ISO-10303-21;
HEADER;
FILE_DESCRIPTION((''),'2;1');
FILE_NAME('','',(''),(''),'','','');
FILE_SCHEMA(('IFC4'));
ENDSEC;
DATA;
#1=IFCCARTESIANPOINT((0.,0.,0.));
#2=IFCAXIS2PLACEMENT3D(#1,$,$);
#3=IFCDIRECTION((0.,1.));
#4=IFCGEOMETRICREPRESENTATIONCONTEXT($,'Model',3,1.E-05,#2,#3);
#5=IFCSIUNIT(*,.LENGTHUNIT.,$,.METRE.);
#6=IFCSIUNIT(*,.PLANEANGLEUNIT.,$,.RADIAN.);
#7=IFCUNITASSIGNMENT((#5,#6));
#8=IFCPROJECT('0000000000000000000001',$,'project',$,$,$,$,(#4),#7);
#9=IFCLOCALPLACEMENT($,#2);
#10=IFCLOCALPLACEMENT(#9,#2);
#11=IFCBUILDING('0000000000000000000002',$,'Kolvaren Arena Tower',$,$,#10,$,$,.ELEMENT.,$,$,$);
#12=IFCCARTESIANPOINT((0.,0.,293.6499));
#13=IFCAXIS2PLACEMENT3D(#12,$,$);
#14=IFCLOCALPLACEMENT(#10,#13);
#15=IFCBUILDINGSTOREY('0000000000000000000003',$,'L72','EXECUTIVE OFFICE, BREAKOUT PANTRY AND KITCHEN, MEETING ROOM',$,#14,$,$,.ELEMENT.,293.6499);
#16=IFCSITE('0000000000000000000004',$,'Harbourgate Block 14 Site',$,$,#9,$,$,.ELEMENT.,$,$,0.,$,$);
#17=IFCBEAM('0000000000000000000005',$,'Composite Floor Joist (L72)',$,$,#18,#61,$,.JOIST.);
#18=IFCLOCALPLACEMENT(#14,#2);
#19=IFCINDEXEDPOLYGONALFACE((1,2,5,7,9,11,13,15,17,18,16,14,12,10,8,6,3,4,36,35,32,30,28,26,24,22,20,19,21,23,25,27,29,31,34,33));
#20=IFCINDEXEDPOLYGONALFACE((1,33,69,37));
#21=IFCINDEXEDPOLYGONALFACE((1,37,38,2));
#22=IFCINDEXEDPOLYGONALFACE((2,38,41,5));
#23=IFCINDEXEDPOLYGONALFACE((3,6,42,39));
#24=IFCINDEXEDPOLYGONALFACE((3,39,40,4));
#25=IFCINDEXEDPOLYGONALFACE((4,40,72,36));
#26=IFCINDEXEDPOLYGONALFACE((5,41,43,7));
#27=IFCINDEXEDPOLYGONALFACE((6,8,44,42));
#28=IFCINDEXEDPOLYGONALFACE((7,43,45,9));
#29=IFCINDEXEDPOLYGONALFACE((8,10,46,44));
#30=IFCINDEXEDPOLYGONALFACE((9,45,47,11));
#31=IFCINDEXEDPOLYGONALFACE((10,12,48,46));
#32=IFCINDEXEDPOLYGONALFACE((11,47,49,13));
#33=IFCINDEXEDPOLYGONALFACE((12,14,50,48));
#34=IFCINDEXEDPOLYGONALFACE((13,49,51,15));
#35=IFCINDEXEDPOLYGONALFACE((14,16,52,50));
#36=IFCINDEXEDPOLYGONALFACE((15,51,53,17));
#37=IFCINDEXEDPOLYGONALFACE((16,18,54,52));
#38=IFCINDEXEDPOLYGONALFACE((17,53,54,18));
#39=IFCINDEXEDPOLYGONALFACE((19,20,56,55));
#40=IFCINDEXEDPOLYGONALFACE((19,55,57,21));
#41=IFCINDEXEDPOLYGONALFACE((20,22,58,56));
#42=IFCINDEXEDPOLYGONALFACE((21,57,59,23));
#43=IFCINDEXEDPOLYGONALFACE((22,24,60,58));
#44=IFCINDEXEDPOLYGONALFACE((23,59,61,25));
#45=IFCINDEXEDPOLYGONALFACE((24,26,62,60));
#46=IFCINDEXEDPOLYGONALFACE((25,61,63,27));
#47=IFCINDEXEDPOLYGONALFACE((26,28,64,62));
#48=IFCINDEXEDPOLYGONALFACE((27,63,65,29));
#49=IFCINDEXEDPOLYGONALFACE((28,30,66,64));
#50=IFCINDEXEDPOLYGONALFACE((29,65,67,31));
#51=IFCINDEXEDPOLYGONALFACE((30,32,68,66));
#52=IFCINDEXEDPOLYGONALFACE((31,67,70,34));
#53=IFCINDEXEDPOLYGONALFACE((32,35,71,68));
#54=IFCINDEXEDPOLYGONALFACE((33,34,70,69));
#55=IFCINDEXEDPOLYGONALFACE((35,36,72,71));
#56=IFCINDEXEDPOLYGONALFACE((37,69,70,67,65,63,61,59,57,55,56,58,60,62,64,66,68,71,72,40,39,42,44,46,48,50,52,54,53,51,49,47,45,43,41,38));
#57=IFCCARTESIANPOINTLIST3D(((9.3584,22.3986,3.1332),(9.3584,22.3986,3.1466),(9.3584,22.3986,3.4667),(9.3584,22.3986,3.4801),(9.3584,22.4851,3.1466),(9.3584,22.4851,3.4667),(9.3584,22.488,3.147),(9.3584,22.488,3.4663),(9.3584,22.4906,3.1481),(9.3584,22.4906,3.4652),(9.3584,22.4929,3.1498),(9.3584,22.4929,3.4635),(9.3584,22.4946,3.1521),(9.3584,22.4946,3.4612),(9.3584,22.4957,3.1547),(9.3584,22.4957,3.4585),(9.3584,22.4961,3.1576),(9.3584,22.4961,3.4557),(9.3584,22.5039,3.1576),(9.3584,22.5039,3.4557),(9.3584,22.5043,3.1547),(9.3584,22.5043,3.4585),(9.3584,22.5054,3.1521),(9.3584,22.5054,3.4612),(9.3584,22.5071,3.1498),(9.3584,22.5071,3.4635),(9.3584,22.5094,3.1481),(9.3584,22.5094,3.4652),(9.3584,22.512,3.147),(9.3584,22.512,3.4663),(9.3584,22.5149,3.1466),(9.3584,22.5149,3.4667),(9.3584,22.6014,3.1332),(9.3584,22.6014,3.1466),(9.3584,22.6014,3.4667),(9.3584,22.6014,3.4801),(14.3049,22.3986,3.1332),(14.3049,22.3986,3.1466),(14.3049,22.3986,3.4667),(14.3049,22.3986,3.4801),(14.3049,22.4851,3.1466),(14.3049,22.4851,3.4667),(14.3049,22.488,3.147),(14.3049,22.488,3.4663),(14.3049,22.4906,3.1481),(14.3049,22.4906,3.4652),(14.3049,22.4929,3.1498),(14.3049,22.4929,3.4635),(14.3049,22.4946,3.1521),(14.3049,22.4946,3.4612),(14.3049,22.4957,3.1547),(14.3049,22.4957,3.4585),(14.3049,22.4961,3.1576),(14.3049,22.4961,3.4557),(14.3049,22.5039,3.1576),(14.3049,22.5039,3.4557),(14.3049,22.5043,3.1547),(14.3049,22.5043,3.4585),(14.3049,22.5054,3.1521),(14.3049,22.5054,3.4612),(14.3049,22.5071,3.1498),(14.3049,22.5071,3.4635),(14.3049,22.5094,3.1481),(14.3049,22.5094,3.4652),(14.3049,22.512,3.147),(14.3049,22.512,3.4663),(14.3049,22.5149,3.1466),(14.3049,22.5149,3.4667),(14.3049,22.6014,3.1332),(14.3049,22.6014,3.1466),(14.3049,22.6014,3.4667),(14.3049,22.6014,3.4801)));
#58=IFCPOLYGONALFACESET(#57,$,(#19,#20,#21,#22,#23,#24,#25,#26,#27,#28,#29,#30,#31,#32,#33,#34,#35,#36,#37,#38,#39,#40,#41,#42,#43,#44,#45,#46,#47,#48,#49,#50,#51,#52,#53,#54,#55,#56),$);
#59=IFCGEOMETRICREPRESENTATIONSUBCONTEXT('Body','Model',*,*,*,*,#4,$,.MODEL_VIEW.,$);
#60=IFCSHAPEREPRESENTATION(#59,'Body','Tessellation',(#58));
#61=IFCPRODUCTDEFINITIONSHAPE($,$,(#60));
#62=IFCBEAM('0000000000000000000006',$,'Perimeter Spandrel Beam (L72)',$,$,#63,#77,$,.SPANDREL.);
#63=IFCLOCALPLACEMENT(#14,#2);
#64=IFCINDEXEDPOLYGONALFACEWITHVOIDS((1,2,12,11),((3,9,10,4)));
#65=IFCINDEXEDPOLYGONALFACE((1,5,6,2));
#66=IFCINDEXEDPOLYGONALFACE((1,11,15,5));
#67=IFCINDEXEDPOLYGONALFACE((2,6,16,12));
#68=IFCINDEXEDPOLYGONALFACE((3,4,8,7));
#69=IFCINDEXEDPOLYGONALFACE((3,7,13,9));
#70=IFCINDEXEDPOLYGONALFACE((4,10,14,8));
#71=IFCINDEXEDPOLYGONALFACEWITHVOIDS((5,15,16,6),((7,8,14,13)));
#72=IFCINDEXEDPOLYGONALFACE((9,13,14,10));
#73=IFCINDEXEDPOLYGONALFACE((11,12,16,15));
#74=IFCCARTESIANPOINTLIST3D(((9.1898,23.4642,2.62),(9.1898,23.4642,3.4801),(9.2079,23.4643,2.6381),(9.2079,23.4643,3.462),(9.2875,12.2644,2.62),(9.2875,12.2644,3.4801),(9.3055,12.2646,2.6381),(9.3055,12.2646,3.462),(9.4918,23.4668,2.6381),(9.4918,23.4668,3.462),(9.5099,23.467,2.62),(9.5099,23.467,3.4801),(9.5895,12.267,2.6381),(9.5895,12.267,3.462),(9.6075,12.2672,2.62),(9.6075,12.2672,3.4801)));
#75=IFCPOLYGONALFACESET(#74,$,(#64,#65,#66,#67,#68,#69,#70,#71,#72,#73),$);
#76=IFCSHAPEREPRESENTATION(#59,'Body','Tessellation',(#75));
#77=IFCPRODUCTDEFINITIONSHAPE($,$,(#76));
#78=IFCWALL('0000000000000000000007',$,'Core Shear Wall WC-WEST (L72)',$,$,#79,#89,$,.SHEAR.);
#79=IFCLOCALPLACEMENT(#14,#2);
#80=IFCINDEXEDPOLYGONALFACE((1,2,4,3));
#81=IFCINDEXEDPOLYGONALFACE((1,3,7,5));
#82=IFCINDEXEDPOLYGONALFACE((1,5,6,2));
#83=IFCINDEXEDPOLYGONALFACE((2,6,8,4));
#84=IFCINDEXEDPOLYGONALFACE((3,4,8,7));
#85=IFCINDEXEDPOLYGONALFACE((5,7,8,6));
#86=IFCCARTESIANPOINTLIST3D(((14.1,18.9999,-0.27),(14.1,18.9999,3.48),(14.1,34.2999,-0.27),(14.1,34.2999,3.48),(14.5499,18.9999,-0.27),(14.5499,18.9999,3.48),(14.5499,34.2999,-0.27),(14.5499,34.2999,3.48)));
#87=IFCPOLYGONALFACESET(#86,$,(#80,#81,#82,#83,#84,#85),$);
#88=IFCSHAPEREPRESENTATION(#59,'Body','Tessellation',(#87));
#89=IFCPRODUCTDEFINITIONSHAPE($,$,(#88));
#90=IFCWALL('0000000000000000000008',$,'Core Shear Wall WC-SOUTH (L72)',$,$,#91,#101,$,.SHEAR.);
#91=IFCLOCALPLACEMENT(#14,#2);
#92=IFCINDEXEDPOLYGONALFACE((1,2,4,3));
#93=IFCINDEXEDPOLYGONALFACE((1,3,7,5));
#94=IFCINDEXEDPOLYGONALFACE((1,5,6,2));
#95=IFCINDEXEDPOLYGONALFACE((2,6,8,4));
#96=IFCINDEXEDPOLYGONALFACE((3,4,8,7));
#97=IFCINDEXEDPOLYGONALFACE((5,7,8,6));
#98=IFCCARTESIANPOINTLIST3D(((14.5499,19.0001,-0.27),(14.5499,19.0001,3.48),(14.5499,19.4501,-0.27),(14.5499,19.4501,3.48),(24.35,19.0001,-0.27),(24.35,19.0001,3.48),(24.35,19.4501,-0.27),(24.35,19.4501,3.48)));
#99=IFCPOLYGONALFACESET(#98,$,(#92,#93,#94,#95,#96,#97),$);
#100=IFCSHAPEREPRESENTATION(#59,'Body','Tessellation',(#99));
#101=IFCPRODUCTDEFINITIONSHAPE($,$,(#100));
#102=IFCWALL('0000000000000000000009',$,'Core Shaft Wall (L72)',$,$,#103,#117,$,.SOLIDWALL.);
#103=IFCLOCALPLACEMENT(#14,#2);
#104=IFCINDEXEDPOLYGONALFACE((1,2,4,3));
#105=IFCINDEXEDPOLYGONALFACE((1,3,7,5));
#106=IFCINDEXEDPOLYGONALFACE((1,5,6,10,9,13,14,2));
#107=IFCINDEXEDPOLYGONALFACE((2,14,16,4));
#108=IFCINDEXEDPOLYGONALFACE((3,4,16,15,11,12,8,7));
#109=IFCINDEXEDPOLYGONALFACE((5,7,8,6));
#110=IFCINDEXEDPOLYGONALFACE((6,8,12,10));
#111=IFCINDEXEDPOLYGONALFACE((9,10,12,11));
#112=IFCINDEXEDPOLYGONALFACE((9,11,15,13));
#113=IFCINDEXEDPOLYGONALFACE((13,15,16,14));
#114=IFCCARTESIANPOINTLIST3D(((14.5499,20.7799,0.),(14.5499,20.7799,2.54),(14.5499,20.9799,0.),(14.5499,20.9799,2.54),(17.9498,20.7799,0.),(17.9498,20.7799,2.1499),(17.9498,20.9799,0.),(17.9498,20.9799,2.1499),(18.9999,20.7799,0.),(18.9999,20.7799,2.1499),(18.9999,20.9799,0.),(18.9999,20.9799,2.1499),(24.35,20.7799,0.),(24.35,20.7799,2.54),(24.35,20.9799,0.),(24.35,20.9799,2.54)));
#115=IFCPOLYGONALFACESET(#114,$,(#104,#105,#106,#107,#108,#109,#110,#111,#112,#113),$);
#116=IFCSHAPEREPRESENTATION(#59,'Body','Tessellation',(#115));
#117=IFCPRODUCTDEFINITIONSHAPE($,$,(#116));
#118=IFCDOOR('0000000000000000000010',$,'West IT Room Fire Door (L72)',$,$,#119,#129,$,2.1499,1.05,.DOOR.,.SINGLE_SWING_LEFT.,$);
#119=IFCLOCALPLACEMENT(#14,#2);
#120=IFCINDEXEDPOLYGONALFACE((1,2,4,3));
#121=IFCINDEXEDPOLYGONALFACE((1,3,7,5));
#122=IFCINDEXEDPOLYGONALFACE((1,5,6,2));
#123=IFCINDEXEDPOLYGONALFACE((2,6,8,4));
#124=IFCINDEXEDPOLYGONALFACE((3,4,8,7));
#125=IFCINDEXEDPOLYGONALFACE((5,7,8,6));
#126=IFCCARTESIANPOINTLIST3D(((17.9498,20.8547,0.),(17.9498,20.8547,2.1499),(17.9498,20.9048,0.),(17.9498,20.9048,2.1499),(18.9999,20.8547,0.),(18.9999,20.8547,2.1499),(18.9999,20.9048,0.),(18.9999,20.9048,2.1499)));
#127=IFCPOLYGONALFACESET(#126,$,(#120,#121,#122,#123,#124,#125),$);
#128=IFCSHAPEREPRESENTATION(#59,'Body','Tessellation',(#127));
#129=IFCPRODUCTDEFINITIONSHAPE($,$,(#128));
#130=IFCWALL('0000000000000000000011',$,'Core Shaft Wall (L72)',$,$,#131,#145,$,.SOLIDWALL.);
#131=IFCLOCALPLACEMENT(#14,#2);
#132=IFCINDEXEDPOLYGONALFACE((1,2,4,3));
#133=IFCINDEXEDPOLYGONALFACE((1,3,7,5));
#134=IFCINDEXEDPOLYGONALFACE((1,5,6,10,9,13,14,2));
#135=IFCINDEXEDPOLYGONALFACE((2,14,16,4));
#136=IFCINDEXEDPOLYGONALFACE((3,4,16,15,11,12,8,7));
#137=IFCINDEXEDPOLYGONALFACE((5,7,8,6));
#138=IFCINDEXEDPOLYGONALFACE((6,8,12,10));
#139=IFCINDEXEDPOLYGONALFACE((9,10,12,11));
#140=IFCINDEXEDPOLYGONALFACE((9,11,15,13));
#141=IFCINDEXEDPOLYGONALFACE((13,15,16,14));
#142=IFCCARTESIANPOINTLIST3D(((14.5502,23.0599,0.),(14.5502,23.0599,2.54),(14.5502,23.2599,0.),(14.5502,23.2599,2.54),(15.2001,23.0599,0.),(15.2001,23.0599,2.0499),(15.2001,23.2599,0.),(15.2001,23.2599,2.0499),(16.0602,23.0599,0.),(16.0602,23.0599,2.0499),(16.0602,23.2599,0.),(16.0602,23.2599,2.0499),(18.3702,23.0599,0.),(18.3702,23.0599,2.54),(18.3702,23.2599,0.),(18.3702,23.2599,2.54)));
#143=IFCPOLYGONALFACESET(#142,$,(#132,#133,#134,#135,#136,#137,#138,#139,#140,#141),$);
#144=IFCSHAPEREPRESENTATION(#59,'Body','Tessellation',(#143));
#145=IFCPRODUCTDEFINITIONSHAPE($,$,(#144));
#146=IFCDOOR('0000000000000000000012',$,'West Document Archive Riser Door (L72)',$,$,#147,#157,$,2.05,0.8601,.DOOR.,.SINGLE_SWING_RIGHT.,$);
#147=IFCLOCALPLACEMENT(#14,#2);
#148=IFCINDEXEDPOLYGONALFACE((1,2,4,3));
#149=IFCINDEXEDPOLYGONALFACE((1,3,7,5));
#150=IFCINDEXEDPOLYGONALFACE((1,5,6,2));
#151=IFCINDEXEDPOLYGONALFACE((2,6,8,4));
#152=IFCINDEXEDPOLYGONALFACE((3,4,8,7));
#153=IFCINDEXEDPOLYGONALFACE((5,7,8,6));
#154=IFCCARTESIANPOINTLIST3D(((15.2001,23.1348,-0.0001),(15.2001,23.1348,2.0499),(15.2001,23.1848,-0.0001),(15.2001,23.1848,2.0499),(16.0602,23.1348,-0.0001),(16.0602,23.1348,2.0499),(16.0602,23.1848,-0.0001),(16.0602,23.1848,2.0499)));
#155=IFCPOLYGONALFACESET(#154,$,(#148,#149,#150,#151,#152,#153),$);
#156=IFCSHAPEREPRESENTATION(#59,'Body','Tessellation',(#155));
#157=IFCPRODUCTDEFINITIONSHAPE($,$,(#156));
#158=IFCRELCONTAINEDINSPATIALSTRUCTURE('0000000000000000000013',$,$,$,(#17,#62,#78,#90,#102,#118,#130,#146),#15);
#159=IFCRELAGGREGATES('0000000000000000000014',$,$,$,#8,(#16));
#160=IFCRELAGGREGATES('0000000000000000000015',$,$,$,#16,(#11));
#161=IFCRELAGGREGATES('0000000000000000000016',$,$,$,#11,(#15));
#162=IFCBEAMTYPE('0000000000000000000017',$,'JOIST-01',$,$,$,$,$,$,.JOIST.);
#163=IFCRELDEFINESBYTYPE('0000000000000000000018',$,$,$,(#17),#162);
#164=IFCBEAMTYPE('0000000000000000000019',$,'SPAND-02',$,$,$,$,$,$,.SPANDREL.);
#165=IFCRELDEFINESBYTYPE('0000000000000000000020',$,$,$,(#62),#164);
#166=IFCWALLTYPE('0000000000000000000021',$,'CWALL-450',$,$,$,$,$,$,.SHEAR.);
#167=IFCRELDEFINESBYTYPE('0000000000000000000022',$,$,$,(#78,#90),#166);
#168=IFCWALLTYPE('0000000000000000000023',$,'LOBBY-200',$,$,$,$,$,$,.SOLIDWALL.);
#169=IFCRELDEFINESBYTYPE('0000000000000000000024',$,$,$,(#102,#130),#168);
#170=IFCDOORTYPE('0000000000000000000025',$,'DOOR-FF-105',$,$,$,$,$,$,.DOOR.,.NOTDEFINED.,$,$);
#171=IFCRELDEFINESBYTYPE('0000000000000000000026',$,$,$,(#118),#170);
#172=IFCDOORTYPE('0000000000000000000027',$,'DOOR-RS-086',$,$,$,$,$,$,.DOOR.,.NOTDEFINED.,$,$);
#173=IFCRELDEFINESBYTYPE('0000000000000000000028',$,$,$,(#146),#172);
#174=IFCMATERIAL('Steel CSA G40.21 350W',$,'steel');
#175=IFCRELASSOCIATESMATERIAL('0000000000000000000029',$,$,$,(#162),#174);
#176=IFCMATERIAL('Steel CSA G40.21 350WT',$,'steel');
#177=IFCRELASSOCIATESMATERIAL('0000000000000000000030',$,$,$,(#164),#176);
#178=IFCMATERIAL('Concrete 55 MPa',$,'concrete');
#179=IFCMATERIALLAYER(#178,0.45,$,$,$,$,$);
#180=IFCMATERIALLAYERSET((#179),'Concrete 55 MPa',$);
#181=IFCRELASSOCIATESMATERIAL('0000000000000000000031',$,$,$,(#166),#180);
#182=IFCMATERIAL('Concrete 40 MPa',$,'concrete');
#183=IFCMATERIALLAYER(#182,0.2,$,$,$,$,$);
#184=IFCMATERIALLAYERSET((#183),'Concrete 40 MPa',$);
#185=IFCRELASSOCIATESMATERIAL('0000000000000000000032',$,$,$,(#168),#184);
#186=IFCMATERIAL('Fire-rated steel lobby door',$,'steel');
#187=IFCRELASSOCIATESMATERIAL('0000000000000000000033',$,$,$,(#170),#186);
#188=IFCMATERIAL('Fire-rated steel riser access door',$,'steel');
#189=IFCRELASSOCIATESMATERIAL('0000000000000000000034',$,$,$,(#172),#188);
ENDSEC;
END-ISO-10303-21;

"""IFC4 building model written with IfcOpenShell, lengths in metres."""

from ifc_helpers import new_model, si_unit, direction, frame, frame_2d, origin, origin_2d, place, context, subcontext, project, spatial, rectangle, hollow_rectangle, i_section, extrude, material, layer, layer_set, material_profile, profile_set, type_object, element, fill, save


model = new_model("IFC4")

# Units and contexts
model_context = context("Model", 3, precision=1e-05, world=origin(), true_north=direction((0.0, 1.0)))
body_context = subcontext(model_context, "Body", "Model", "MODEL_VIEW")
ifc_project = project(units=[si_unit("LENGTHUNIT", "METRE"), si_unit("PLANEANGLEUNIT", "RADIAN")], contexts=[model_context])

# Site, building, storey
site_placement = place(None, origin())
site = spatial("IfcSite", under=ifc_project, at=site_placement, Name="Harbourgate Block 14 Site", CompositionType="ELEMENT", RefElevation=0.0)
building_placement = place(site_placement, origin())
building = spatial("IfcBuilding", under=site, at=building_placement, Name="Kolvaren Arena Tower", CompositionType="ELEMENT")
storey_placement = place(building_placement, frame((0.0, 0.0, 293.6499)))
storey = spatial("IfcBuildingStorey", under=building, at=storey_placement, Name="L72", Description="EXECUTIVE OFFICE, BREAKOUT PANTRY AND KITCHEN, MEETING ROOM", CompositionType="ELEMENT", Elevation=293.6499)

# Beams
ifc_material_1 = material(Name="Steel CSA G40.21 350W", Category="steel")
ifc_material_profile_1 = material_profile(ifc_material_1, i_section(OverallWidth=0.2029, OverallDepth=0.3469, WebThickness=0.0078, FlangeThickness=0.0134, FilletRadius=0.011, at=origin_2d()), Name="W360x64")
ifc_profile_set_1 = profile_set([ifc_material_profile_1], Name="Steel CSA G40.21 350W")
beam_type_1 = type_object("IfcBeamType", Name="JOIST-01", PredefinedType="JOIST", material=ifc_profile_set_1)
beam_1_placement = place(storey_placement, frame((9.3584, 22.5, 3.3066), z_axis=(1.0, 0.0, 0.0), x_axis=(0.0, 1.0, 0.0)))
element("IfcBeam", 1, at=beam_1_placement, inside=storey, type_object=beam_type_1, Name="Composite Floor Joist (L72)", PredefinedType="JOIST", context=body_context, shape_type="SweptSolid", body=[
    extrude(i_section(OverallWidth=0.2029, OverallDepth=0.3469, WebThickness=0.0078, FlangeThickness=0.0134, FilletRadius=0.011, at=origin_2d()), origin(), (0.0, 0.0, 1.0), 4.9465),
])
ifc_material_2 = material(Name="Steel CSA G40.21 350WT", Category="steel")
ifc_material_profile_2 = material_profile(ifc_material_2, hollow_rectangle(XDim=0.3201, YDim=0.8601, WallThickness=0.0181, at=origin_2d()), Name="HSS 860x320x18")
ifc_profile_set_2 = profile_set([ifc_material_profile_2], Name="Steel CSA G40.21 350WT")
beam_type_2 = type_object("IfcBeamType", Name="SPAND-02", PredefinedType="SPANDREL", material=ifc_profile_set_2)
beam_2_placement = place(storey_placement, frame((9.3499, 23.4656, 3.05), z_axis=(0.008719, -0.999962, 0.0), x_axis=(0.999962, 0.008719, 0.0)))
element("IfcBeam", 2, at=beam_2_placement, inside=storey, type_object=beam_type_2, Name="Perimeter Spandrel Beam (L72)", PredefinedType="SPANDREL", context=body_context, shape_type="SweptSolid", body=[
    extrude(hollow_rectangle(XDim=0.3201, YDim=0.8601, WallThickness=0.0181, at=origin_2d()), origin(), (0.0, 0.0, 1.0), 11.2002),
])

# Walls
ifc_material_3 = material(Name="Concrete 55 MPa", Category="concrete")
ifc_layer_1 = layer(ifc_material_3, 0.45)
ifc_layer_set_1 = layer_set([ifc_layer_1], Name="Concrete 55 MPa")
wall_type_1 = type_object("IfcWallType", Name="CWALL-450", PredefinedType="SHEAR", material=ifc_layer_set_1)
wall_1_placement = place(storey_placement, frame((14.325, 19.0, -0.27), z_axis=(0.0, 0.0, 1.0), x_axis=(0.0, 1.0, 0.0)))
element("IfcWall", 3, at=wall_1_placement, inside=storey, type_object=wall_type_1, Name="Core Shear Wall WC-WEST (L72)", PredefinedType="SHEAR", context=body_context, shape_type="SweptSolid", body=[
    extrude(rectangle(XDim=15.3, YDim=0.45, at=frame_2d((7.6499, 0.0))), origin(), (0.0, 0.0, 1.0), 3.75),
])
wall_2_placement = place(storey_placement, frame((14.55, 19.2251, -0.27), z_axis=(0.0, 0.0, 1.0), x_axis=(1.0, 0.0, 0.0)))
element("IfcWall", 4, at=wall_2_placement, inside=storey, type_object=wall_type_1, Name="Core Shear Wall WC-SOUTH (L72)", PredefinedType="SHEAR", context=body_context, shape_type="SweptSolid", body=[
    extrude(rectangle(XDim=9.8, YDim=0.45, at=frame_2d((4.8999, 0.0))), origin(), (0.0, 0.0, 1.0), 3.75),
])

# Walls, openings, doors
ifc_material_4 = material(Name="Concrete 40 MPa", Category="concrete")
ifc_layer_2 = layer(ifc_material_4, 0.2)
ifc_layer_set_2 = layer_set([ifc_layer_2], Name="Concrete 40 MPa")
wall_type_2 = type_object("IfcWallType", Name="LOBBY-200", PredefinedType="SOLIDWALL", material=ifc_layer_set_2)
wall_3_placement = place(storey_placement, frame((14.55, 20.8799, 0.0), z_axis=(0.0, 0.0, 1.0), x_axis=(1.0, 0.0, 0.0)))
wall_3 = element("IfcWall", 5, at=wall_3_placement, inside=storey, type_object=wall_type_2, Name="Core Shaft Wall (L72)", PredefinedType="SOLIDWALL", context=body_context, shape_type="SweptSolid", body=[
    extrude(rectangle(XDim=9.8, YDim=0.2, at=frame_2d((4.8999, 0.0))), origin(), (0.0, 0.0, 1.0), 2.54),
])
opening_1_placement = place(wall_3_placement, frame((3.3999, 0.0, 0.0)))
opening_1 = element("IfcOpeningElement", 6, at=opening_1_placement, cuts=wall_3, PredefinedType="OPENING", context=body_context, shape_type="SweptSolid", body=[
    extrude(rectangle(XDim=1.05, YDim=2.1499, at=frame_2d((0.5249, 1.075))), frame((0.0, 0.1099, 0.0), z_axis=(0.0, -1.0, 0.0), x_axis=(1.0, 0.0, 0.0)), (0.0, 0.0, 1.0), 0.22),
])
ifc_material_5 = material(Name="Fire-rated steel lobby door", Category="steel")
door_type_1 = type_object("IfcDoorType", Name="DOOR-FF-105", OperationType="NOTDEFINED", PredefinedType="DOOR", material=ifc_material_5)
door_1_placement = place(opening_1_placement, origin())
door_1 = element("IfcDoor", 7, at=door_1_placement, inside=storey, type_object=door_type_1, Name="West IT Room Fire Door (L72)", OperationType="SINGLE_SWING_LEFT", OverallHeight=2.1499, OverallWidth=1.05, PredefinedType="DOOR", context=body_context, shape_type="SweptSolid", body=[
    extrude(rectangle(XDim=1.05, YDim=2.1499, at=frame_2d((0.5249, 1.075))), frame((0.0, 0.0249, 0.0), z_axis=(0.0, -1.0, 0.0), x_axis=(1.0, 0.0, 0.0)), (0.0, 0.0, 1.0), 0.05),
])
fill(opening_1, door_1)
wall_4_placement = place(storey_placement, frame((14.55, 23.1599, 0.0), z_axis=(0.0, 0.0, 1.0), x_axis=(1.0, 0.0, 0.0)))
wall_4 = element("IfcWall", 8, at=wall_4_placement, inside=storey, type_object=wall_type_2, Name="Core Shaft Wall (L72)", PredefinedType="SOLIDWALL", context=body_context, shape_type="SweptSolid", body=[
    extrude(rectangle(XDim=3.8201, YDim=0.2, at=frame_2d((1.9102, 0.0))), origin(), (0.0, 0.0, 1.0), 2.54),
])
opening_2_placement = place(wall_4_placement, frame((0.6499, 0.0, 0.0)))
opening_2 = element("IfcOpeningElement", 9, at=opening_2_placement, cuts=wall_4, PredefinedType="OPENING", context=body_context, shape_type="SweptSolid", body=[
    extrude(rectangle(XDim=0.8601, YDim=2.05, at=frame_2d((0.4302, 1.0249))), frame((0.0, 0.1099, 0.0), z_axis=(0.0, -1.0, 0.0), x_axis=(1.0, 0.0, 0.0)), (0.0, 0.0, 1.0), 0.22),
])
ifc_material_6 = material(Name="Fire-rated steel riser access door", Category="steel")
door_type_2 = type_object("IfcDoorType", Name="DOOR-RS-086", OperationType="NOTDEFINED", PredefinedType="DOOR", material=ifc_material_6)
door_2_placement = place(opening_2_placement, origin())
door_2 = element("IfcDoor", 10, at=door_2_placement, inside=storey, type_object=door_type_2, Name="West Document Archive Riser Door (L72)", OperationType="SINGLE_SWING_RIGHT", OverallHeight=2.05, OverallWidth=0.8601, PredefinedType="DOOR", context=body_context, shape_type="SweptSolid", body=[
    extrude(rectangle(XDim=0.8601, YDim=2.05, at=frame_2d((0.4302, 1.0249))), frame((0.0, 0.0249, 0.0), z_axis=(0.0, -1.0, 0.0), x_axis=(1.0, 0.0, 0.0)), (0.0, 0.0, 1.0), 0.05),
])
fill(opening_2, door_2)

save(model, "model.ifc")
